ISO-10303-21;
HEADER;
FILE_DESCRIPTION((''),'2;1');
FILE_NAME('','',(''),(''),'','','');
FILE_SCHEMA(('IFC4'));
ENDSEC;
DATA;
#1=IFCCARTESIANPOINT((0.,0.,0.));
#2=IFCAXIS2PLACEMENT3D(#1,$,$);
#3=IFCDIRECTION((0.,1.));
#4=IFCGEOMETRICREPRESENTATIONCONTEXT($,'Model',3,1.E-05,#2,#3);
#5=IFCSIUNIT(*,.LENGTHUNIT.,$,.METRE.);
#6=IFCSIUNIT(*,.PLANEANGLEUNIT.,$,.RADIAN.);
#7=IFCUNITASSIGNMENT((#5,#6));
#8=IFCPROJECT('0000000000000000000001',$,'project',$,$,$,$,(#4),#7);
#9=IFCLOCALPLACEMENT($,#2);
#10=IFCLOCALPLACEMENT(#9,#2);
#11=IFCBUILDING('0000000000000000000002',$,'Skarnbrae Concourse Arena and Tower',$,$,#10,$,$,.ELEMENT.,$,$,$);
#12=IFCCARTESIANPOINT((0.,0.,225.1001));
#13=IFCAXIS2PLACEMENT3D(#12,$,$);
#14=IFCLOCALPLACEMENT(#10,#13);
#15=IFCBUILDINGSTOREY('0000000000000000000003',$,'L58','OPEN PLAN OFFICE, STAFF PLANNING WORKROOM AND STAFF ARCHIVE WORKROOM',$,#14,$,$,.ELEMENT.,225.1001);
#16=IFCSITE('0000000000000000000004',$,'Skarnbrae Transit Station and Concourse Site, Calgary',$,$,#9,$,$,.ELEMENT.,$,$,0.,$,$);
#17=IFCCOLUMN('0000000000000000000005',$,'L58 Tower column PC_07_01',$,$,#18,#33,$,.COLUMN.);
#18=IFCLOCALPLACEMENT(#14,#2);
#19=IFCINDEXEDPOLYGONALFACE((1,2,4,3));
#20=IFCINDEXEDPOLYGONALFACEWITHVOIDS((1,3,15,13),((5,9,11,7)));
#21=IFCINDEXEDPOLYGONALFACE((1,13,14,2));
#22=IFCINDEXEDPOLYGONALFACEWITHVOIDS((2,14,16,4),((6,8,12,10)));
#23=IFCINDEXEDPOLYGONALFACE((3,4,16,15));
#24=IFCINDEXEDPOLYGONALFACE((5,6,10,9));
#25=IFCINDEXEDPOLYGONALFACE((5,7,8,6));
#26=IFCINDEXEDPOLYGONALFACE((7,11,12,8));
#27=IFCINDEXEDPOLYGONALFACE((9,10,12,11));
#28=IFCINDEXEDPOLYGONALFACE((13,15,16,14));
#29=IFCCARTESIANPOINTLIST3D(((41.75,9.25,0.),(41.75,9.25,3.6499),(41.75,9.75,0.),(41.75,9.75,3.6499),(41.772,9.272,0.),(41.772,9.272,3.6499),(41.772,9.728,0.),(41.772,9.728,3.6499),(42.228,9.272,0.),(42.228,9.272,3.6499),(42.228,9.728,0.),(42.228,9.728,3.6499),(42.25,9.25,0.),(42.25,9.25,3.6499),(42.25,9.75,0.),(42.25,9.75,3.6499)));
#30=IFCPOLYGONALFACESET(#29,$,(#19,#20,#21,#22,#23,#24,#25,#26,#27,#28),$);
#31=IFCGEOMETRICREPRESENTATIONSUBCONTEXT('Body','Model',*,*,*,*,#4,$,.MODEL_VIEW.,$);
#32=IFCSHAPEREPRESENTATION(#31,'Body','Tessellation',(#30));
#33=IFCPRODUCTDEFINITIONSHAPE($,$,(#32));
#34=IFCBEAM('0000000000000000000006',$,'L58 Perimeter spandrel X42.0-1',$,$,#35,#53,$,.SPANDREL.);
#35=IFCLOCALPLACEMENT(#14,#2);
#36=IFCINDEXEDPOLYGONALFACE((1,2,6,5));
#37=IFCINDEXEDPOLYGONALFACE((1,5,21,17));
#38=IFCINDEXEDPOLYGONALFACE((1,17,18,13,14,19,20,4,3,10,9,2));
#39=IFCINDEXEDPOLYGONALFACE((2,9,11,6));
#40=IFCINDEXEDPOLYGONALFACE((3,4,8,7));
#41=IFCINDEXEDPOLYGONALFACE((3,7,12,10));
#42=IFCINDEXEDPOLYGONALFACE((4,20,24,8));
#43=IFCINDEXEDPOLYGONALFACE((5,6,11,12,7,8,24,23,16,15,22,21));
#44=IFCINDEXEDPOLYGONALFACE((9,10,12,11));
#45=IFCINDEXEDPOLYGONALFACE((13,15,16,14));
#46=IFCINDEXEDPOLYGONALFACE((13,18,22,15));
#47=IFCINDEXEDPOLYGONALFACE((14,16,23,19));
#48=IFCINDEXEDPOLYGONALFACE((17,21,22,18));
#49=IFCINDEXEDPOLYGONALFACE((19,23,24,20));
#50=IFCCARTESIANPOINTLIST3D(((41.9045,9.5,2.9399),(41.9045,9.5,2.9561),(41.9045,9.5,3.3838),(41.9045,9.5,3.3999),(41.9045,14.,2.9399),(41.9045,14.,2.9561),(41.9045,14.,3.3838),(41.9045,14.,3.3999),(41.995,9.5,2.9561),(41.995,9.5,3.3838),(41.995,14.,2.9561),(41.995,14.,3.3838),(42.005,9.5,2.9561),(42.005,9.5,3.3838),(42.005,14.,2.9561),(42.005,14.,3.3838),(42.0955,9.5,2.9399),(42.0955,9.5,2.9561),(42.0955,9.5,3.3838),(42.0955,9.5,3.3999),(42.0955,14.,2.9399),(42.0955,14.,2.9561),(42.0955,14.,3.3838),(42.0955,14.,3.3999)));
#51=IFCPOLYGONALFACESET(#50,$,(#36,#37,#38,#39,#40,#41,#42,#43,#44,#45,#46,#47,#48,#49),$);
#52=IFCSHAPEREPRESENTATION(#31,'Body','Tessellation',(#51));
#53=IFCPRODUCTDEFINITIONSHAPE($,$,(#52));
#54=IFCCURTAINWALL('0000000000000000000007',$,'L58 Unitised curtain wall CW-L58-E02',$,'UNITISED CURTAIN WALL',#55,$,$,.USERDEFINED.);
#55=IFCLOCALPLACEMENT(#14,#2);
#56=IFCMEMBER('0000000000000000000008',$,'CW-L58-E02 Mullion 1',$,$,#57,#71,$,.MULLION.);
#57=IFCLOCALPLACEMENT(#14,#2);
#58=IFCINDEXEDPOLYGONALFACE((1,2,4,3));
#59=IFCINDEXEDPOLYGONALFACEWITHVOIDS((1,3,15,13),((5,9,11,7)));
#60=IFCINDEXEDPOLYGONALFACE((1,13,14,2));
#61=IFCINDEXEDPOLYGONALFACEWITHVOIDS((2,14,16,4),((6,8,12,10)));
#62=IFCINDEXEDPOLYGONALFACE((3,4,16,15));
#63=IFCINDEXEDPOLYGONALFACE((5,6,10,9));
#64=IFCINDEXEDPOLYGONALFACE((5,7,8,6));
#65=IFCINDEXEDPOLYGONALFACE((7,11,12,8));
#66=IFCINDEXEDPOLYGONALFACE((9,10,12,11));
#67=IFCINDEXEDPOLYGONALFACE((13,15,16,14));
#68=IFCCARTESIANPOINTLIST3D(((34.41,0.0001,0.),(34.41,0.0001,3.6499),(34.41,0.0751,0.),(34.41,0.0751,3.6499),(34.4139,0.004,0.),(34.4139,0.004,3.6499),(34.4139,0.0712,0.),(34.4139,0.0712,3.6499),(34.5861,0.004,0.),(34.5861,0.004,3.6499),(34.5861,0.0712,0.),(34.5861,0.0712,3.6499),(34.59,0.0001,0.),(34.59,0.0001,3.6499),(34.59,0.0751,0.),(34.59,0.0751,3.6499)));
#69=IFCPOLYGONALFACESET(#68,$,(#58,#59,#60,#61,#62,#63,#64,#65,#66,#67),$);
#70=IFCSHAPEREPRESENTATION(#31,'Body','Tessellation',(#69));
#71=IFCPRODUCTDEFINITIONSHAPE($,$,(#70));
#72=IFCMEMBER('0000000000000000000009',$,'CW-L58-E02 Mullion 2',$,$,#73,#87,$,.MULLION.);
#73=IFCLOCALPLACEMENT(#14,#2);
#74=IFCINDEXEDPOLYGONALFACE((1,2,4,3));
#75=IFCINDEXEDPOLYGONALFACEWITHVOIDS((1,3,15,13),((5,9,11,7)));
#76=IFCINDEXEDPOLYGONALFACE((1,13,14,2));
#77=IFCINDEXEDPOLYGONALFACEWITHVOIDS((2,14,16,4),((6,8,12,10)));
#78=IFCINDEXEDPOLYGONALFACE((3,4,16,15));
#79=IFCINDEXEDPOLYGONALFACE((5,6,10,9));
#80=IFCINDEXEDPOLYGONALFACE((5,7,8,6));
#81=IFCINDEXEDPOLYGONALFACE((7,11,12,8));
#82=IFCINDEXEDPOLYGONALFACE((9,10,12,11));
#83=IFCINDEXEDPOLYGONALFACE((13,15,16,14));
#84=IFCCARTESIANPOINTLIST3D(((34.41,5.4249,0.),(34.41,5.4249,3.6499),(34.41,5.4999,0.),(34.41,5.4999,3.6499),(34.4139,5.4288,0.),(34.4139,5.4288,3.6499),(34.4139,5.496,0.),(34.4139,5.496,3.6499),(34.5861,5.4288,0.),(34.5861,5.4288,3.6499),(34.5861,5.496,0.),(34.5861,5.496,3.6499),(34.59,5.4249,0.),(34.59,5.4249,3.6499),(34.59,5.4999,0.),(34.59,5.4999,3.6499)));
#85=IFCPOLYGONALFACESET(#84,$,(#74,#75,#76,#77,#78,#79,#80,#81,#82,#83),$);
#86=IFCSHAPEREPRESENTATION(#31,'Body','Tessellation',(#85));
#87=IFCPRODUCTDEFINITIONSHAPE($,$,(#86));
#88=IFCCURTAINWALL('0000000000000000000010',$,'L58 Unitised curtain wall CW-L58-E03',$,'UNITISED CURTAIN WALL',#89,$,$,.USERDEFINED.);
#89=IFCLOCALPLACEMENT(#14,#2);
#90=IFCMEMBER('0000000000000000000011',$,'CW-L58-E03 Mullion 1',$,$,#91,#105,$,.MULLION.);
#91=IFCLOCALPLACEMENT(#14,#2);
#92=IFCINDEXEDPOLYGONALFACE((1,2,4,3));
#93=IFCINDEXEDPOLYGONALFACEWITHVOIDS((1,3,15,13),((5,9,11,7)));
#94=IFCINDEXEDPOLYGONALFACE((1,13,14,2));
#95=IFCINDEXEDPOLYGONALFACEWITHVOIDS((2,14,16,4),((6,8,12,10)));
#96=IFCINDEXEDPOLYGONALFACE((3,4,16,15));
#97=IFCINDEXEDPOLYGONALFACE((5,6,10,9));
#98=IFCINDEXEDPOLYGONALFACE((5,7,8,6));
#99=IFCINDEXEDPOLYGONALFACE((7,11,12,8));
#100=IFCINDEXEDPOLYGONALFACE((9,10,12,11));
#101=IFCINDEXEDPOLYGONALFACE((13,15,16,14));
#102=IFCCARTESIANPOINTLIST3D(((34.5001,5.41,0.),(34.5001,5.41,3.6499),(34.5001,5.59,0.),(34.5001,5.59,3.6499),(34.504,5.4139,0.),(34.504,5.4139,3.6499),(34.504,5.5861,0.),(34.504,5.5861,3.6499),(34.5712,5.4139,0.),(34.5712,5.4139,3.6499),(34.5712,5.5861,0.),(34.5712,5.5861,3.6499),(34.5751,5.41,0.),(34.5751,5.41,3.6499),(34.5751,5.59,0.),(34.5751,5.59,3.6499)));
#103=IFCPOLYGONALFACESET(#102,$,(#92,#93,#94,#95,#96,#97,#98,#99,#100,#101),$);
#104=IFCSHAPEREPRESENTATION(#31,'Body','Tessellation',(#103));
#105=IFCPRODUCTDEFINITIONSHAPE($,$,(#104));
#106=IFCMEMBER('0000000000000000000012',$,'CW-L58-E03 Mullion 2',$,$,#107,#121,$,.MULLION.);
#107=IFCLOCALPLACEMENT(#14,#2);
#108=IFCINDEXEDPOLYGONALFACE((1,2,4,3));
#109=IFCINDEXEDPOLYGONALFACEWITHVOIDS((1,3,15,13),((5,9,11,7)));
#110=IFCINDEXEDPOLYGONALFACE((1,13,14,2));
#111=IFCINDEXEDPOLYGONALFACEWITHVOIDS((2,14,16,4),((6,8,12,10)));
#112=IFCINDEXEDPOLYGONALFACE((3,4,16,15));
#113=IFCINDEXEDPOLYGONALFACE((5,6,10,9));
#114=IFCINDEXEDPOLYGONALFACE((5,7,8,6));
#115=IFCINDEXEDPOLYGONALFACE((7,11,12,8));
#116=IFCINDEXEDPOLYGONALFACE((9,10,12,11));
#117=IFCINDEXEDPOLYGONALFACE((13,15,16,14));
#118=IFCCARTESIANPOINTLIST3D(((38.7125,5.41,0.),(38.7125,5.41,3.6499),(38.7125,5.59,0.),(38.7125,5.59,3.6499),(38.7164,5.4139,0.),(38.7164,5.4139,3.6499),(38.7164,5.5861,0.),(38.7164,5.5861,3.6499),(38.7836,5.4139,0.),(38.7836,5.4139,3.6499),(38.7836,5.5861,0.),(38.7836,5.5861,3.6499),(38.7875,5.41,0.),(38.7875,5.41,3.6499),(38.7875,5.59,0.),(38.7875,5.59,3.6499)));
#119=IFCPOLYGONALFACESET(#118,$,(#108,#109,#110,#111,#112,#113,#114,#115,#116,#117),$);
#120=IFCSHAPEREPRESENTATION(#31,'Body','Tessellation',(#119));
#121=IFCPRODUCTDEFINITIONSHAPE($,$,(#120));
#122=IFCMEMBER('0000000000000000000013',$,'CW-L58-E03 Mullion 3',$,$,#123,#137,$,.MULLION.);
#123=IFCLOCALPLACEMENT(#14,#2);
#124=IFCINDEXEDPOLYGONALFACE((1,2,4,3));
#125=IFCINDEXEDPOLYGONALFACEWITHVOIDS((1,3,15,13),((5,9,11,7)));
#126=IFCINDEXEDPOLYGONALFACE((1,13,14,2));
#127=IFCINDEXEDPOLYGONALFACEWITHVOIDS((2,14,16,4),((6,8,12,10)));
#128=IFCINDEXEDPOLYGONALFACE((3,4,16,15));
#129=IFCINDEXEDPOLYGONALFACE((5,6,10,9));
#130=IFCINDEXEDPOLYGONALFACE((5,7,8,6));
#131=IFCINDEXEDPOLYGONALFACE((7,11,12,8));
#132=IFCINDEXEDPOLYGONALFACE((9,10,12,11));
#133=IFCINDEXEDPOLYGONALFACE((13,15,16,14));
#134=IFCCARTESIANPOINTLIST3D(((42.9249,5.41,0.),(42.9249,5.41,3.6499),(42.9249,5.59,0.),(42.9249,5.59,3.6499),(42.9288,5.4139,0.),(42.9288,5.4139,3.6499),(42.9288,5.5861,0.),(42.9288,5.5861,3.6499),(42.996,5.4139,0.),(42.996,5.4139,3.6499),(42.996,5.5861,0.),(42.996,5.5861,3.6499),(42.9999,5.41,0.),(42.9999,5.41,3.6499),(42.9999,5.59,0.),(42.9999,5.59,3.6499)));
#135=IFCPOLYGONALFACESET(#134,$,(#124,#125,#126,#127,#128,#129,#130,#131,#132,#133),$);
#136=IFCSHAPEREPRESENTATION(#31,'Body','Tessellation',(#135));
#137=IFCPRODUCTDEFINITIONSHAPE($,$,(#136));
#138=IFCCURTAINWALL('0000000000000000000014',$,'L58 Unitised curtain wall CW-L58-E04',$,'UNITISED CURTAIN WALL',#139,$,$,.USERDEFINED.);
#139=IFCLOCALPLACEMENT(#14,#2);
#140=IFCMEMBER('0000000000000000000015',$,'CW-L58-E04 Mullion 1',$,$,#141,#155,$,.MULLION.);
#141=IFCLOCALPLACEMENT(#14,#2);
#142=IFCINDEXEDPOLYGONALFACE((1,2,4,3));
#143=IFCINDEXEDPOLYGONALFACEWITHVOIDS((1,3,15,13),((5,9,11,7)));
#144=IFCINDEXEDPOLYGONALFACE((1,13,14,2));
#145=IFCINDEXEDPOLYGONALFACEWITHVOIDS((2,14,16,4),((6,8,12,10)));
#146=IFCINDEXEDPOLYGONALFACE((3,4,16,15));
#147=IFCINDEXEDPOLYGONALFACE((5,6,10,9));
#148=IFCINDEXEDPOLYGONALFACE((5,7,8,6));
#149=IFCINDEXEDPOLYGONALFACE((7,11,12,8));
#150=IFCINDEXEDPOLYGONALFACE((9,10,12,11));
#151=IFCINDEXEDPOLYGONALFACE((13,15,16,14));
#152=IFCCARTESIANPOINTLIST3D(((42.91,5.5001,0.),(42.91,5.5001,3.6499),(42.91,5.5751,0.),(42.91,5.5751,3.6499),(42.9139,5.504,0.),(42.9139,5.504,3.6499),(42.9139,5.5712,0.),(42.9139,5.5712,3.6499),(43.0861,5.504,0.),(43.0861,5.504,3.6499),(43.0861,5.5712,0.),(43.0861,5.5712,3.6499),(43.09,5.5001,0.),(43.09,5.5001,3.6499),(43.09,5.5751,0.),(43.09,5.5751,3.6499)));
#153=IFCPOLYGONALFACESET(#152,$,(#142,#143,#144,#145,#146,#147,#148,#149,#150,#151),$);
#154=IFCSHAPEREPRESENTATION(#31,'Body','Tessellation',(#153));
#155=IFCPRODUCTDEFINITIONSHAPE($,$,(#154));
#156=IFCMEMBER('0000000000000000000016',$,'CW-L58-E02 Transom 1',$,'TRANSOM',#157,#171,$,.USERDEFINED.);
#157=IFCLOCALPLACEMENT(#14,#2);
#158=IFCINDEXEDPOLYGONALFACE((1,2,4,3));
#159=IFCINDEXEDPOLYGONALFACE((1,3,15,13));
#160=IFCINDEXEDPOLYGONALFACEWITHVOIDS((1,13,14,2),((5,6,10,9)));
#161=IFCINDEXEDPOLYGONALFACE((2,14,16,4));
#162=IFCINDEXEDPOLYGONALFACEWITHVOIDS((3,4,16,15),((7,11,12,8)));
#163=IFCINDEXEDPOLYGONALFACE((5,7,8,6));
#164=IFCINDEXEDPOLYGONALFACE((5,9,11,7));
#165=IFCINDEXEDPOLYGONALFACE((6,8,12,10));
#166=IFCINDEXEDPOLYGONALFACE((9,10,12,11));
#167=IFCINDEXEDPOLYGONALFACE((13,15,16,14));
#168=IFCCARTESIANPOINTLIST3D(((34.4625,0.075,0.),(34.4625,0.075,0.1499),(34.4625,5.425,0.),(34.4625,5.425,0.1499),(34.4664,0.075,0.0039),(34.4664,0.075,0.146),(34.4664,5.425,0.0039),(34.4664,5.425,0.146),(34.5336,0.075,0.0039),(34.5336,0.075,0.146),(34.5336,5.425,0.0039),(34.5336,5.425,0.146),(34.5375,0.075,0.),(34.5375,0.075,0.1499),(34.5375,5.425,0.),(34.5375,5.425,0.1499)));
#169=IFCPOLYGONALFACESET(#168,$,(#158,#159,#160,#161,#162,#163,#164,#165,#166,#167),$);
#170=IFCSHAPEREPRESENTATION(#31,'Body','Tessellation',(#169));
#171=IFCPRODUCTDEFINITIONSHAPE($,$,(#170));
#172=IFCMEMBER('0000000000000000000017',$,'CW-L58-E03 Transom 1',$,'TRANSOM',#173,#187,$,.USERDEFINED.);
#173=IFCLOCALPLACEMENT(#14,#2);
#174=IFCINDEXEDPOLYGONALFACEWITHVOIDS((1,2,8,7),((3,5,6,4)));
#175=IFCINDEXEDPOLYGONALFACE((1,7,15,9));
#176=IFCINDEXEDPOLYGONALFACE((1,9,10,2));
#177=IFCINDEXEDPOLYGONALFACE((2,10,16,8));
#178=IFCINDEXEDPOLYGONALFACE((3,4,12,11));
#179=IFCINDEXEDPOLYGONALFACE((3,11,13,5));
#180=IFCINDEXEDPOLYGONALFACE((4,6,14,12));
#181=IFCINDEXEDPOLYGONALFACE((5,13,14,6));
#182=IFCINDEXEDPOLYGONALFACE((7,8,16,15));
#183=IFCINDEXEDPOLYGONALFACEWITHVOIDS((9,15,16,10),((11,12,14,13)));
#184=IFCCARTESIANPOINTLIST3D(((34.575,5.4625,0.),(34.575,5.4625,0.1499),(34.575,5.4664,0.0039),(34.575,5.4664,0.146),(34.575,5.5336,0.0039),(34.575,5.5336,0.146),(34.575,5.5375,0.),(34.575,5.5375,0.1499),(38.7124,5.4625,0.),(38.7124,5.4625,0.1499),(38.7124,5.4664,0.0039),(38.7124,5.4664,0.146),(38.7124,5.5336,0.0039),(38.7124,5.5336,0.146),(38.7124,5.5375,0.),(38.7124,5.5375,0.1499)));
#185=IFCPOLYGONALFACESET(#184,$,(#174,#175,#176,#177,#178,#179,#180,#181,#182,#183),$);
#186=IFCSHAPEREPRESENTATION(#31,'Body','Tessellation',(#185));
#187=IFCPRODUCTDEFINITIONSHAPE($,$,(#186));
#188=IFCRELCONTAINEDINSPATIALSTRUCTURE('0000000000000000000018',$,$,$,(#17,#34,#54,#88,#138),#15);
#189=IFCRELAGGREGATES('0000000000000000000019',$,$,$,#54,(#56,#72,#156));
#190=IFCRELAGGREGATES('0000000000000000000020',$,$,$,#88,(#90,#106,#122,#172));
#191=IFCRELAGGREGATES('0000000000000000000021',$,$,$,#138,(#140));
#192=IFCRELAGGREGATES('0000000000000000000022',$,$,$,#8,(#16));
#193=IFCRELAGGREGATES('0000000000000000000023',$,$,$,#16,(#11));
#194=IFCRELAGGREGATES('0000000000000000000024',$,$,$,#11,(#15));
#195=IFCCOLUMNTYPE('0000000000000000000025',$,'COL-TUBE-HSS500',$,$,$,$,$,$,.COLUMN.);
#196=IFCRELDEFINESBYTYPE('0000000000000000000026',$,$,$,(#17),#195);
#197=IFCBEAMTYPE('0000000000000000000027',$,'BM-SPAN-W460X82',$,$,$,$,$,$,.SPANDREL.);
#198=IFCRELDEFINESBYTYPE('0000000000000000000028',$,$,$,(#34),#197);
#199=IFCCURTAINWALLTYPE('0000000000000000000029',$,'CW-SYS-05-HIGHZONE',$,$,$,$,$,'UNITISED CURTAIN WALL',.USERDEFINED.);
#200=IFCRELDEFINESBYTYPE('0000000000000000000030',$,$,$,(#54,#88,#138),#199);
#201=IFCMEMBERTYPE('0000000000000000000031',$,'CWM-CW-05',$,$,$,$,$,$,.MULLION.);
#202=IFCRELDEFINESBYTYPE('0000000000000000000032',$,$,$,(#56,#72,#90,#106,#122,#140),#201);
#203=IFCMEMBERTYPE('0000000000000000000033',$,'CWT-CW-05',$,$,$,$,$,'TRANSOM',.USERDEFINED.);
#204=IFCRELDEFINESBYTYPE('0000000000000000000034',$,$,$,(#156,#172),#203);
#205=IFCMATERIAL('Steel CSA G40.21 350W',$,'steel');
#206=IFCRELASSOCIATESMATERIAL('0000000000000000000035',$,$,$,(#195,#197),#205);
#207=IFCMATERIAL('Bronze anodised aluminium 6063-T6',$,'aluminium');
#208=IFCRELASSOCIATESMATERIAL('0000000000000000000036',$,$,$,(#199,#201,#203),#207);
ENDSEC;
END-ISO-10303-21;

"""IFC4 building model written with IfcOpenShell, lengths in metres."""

from ifc_helpers import new_model, si_unit, direction, frame, origin, origin_2d, place, context, subcontext, project, spatial, hollow_rectangle, i_section, extrude, source, transform, mapped, material, material_profile, profile_set, type_object, element, aggregate, save


model = new_model("IFC4")

# Units and contexts
model_context = context("Model", 3, precision=1e-05, world=origin(), true_north=direction((0.0, 1.0)))
body_context = subcontext(model_context, "Body", "Model", "MODEL_VIEW")
ifc_project = project(units=[si_unit("LENGTHUNIT", "METRE"), si_unit("PLANEANGLEUNIT", "RADIAN")], contexts=[model_context])

# Site, building, storey
site_placement = place(None, origin())
site = spatial("IfcSite", under=ifc_project, at=site_placement, Name="Skarnbrae Transit Station and Concourse Site, Calgary", CompositionType="ELEMENT", RefElevation=0.0)
building_placement = place(site_placement, origin())
building = spatial("IfcBuilding", under=site, at=building_placement, Name="Skarnbrae Concourse Arena and Tower", CompositionType="ELEMENT")
storey_placement = place(building_placement, frame((0.0, 0.0, 225.1001)))
storey = spatial("IfcBuildingStorey", under=building, at=storey_placement, Name="L58", Description="OPEN PLAN OFFICE, STAFF PLANNING WORKROOM AND STAFF ARCHIVE WORKROOM", CompositionType="ELEMENT", Elevation=225.1001)

# Column
ifc_material_1 = material(Name="Steel CSA G40.21 350W", Category="steel")
ifc_material_profile_1 = material_profile(ifc_material_1, hollow_rectangle(XDim=0.5, YDim=0.5, WallThickness=0.022, at=origin_2d()), Name="HSS500X500X22.0")
ifc_profile_set_1 = profile_set([ifc_material_profile_1], Name="Steel CSA G40.21 350W")
column_type = type_object("IfcColumnType", Name="COL-TUBE-HSS500", PredefinedType="COLUMN", material=ifc_profile_set_1)
shared_shape_1 = source(origin(), body_context, "Body", "SweptSolid", [
    extrude(hollow_rectangle(XDim=0.5, YDim=0.5, WallThickness=0.022, at=origin_2d()), origin(), (0.0, 0.0, 1.0), 3.6499),
])
column_placement = place(storey_placement, frame((42.0, 9.5, 0.0), z_axis=(0.0, 0.0, 1.0), x_axis=(1.0, 0.0, 0.0)))
element("IfcColumn", 1, at=column_placement, inside=storey, type_object=column_type, Name="L58 Tower column PC_07_01", PredefinedType="COLUMN", context=body_context, shape_type="MappedRepresentation", body=[
    mapped(shared_shape_1, transform((0.0, 0.0, 0.0))),
])

# Beam
ifc_material_profile_2 = material_profile(ifc_material_1, i_section(OverallWidth=0.1909, OverallDepth=0.46, WebThickness=0.01, FlangeThickness=0.0161, at=origin_2d()), Name="W460X82")
ifc_profile_set_2 = profile_set([ifc_material_profile_2], Name="Steel CSA G40.21 350W")
beam_type = type_object("IfcBeamType", Name="BM-SPAN-W460X82", PredefinedType="SPANDREL", material=ifc_profile_set_2)
shared_shape_2 = source(origin(), body_context, "Body", "SweptSolid", [
    extrude(i_section(OverallWidth=0.1909, OverallDepth=0.46, WebThickness=0.01, FlangeThickness=0.0161, at=origin_2d()), origin(), (0.0, 0.0, 1.0), 4.5),
])
beam_placement = place(storey_placement, frame((42.0, 9.5, 3.1699), z_axis=(0.0, 1.0, 0.0), x_axis=(-1.0, 0.0, 0.0)))
element("IfcBeam", 2, at=beam_placement, inside=storey, type_object=beam_type, Name="L58 Perimeter spandrel X42.0-1", PredefinedType="SPANDREL", context=body_context, shape_type="MappedRepresentation", body=[
    mapped(shared_shape_2, transform((0.0, 0.0, 0.0))),
])

# Curtain walls, members
ifc_material_2 = material(Name="Bronze anodised aluminium 6063-T6", Category="aluminium")
curtain_wall_type = type_object("IfcCurtainWallType", Name="CW-SYS-05-HIGHZONE", ElementType="UNITISED CURTAIN WALL", PredefinedType="USERDEFINED", material=ifc_material_2)
curtain_wall_1_placement = place(storey_placement, origin())
curtain_wall_1 = element("IfcCurtainWall", 3, at=curtain_wall_1_placement, inside=storey, type_object=curtain_wall_type, Name="L58 Unitised curtain wall CW-L58-E02", ObjectType="UNITISED CURTAIN WALL", PredefinedType="USERDEFINED")
ifc_material_profile_3 = material_profile(ifc_material_2, hollow_rectangle(XDim=0.075, YDim=0.1799, WallThickness=0.0039, at=origin_2d()), Name="ALU-MULL-75X180")
ifc_profile_set_3 = profile_set([ifc_material_profile_3], Name="Bronze anodised aluminium 6063-T6")
member_type_1 = type_object("IfcMemberType", Name="CWM-CW-05", PredefinedType="MULLION", material=ifc_profile_set_3)
shared_shape_3 = source(origin(), body_context, "Body", "SweptSolid", [
    extrude(hollow_rectangle(XDim=0.075, YDim=0.1799, WallThickness=0.0039, at=origin_2d()), origin(), (0.0, 0.0, 1.0), 3.6499),
])
member_1_placement = place(storey_placement, frame((34.5, 0.0376, 0.0), z_axis=(0.0, 0.0, 1.0), x_axis=(0.0, 1.0, 0.0)))
member_1 = element("IfcMember", 4, at=member_1_placement, type_object=member_type_1, Name="CW-L58-E02 Mullion 1", PredefinedType="MULLION", context=body_context, shape_type="MappedRepresentation", body=[
    mapped(shared_shape_3, transform((0.0, 0.0, 0.0))),
])
member_2_placement = place(storey_placement, frame((34.5, 5.4624, 0.0), z_axis=(0.0, 0.0, 1.0), x_axis=(0.0, 1.0, 0.0)))
member_2 = element("IfcMember", 5, at=member_2_placement, type_object=member_type_1, Name="CW-L58-E02 Mullion 2", PredefinedType="MULLION", context=body_context, shape_type="MappedRepresentation", body=[
    mapped(shared_shape_3, transform((0.0, 0.0, 0.0))),
])
curtain_wall_2_placement = place(storey_placement, origin())
curtain_wall_2 = element("IfcCurtainWall", 6, at=curtain_wall_2_placement, inside=storey, type_object=curtain_wall_type, Name="L58 Unitised curtain wall CW-L58-E03", ObjectType="UNITISED CURTAIN WALL", PredefinedType="USERDEFINED")
member_3_placement = place(storey_placement, frame((34.5376, 5.5, 0.0), z_axis=(0.0, 0.0, 1.0), x_axis=(1.0, 0.0, 0.0)))
member_3 = element("IfcMember", 7, at=member_3_placement, type_object=member_type_1, Name="CW-L58-E03 Mullion 1", PredefinedType="MULLION", context=body_context, shape_type="MappedRepresentation", body=[
    mapped(shared_shape_3, transform((0.0, 0.0, 0.0))),
])
member_4_placement = place(storey_placement, frame((38.75, 5.5, 0.0), z_axis=(0.0, 0.0, 1.0), x_axis=(1.0, 0.0, 0.0)))
member_4 = element("IfcMember", 8, at=member_4_placement, type_object=member_type_1, Name="CW-L58-E03 Mullion 2", PredefinedType="MULLION", context=body_context, shape_type="MappedRepresentation", body=[
    mapped(shared_shape_3, transform((0.0, 0.0, 0.0))),
])
member_5_placement = place(storey_placement, frame((42.9624, 5.5, 0.0), z_axis=(0.0, 0.0, 1.0), x_axis=(1.0, 0.0, 0.0)))
member_5 = element("IfcMember", 9, at=member_5_placement, type_object=member_type_1, Name="CW-L58-E03 Mullion 3", PredefinedType="MULLION", context=body_context, shape_type="MappedRepresentation", body=[
    mapped(shared_shape_3, transform((0.0, 0.0, 0.0))),
])

# Curtain wall, member
curtain_wall_3_placement = place(storey_placement, origin())
curtain_wall_3 = element("IfcCurtainWall", 10, at=curtain_wall_3_placement, inside=storey, type_object=curtain_wall_type, Name="L58 Unitised curtain wall CW-L58-E04", ObjectType="UNITISED CURTAIN WALL", PredefinedType="USERDEFINED")
member_6_placement = place(storey_placement, frame((43.0, 5.5376, 0.0), z_axis=(0.0, 0.0, 1.0), x_axis=(0.0, 1.0, 0.0)))
member_6 = element("IfcMember", 11, at=member_6_placement, type_object=member_type_1, Name="CW-L58-E04 Mullion 1", PredefinedType="MULLION", context=body_context, shape_type="MappedRepresentation", body=[
    mapped(shared_shape_3, transform((0.0, 0.0, 0.0))),
])

# Members
ifc_material_profile_4 = material_profile(ifc_material_2, hollow_rectangle(XDim=0.075, YDim=0.1499, WallThickness=0.0039, at=origin_2d()), Name="ALU-TRAN-75X150")
ifc_profile_set_4 = profile_set([ifc_material_profile_4], Name="Bronze anodised aluminium 6063-T6")
member_type_2 = type_object("IfcMemberType", Name="CWT-CW-05", ElementType="TRANSOM", PredefinedType="USERDEFINED", material=ifc_profile_set_4)
shared_shape_4 = source(origin(), body_context, "Body", "SweptSolid", [
    extrude(hollow_rectangle(XDim=0.075, YDim=0.1499, WallThickness=0.0039, at=origin_2d()), origin(), (0.0, 0.0, 1.0), 5.3501),
])
member_7_placement = place(storey_placement, frame((34.5, 0.075, 0.075), z_axis=(0.0, 1.0, 0.0), x_axis=(-1.0, 0.0, 0.0)))
member_7 = element("IfcMember", 12, at=member_7_placement, type_object=member_type_2, Name="CW-L58-E02 Transom 1", ObjectType="TRANSOM", PredefinedType="USERDEFINED", context=body_context, shape_type="MappedRepresentation", body=[
    mapped(shared_shape_4, transform((0.0, 0.0, 0.0))),
])
shared_shape_5 = source(origin(), body_context, "Body", "SweptSolid", [
    extrude(hollow_rectangle(XDim=0.075, YDim=0.1499, WallThickness=0.0039, at=origin_2d()), origin(), (0.0, 0.0, 1.0), 4.1375),
])
member_8_placement = place(storey_placement, frame((34.575, 5.5, 0.075), z_axis=(1.0, 0.0, 0.0), x_axis=(0.0, 1.0, 0.0)))
member_8 = element("IfcMember", 13, at=member_8_placement, type_object=member_type_2, Name="CW-L58-E03 Transom 1", ObjectType="TRANSOM", PredefinedType="USERDEFINED", context=body_context, shape_type="MappedRepresentation", body=[
    mapped(shared_shape_5, transform((0.0, 0.0, 0.0))),
])

aggregate(curtain_wall_1, [member_1, member_2, member_7])
aggregate(curtain_wall_2, [member_3, member_4, member_5, member_8])
aggregate(curtain_wall_3, [member_6])

save(model, "model.ifc")
